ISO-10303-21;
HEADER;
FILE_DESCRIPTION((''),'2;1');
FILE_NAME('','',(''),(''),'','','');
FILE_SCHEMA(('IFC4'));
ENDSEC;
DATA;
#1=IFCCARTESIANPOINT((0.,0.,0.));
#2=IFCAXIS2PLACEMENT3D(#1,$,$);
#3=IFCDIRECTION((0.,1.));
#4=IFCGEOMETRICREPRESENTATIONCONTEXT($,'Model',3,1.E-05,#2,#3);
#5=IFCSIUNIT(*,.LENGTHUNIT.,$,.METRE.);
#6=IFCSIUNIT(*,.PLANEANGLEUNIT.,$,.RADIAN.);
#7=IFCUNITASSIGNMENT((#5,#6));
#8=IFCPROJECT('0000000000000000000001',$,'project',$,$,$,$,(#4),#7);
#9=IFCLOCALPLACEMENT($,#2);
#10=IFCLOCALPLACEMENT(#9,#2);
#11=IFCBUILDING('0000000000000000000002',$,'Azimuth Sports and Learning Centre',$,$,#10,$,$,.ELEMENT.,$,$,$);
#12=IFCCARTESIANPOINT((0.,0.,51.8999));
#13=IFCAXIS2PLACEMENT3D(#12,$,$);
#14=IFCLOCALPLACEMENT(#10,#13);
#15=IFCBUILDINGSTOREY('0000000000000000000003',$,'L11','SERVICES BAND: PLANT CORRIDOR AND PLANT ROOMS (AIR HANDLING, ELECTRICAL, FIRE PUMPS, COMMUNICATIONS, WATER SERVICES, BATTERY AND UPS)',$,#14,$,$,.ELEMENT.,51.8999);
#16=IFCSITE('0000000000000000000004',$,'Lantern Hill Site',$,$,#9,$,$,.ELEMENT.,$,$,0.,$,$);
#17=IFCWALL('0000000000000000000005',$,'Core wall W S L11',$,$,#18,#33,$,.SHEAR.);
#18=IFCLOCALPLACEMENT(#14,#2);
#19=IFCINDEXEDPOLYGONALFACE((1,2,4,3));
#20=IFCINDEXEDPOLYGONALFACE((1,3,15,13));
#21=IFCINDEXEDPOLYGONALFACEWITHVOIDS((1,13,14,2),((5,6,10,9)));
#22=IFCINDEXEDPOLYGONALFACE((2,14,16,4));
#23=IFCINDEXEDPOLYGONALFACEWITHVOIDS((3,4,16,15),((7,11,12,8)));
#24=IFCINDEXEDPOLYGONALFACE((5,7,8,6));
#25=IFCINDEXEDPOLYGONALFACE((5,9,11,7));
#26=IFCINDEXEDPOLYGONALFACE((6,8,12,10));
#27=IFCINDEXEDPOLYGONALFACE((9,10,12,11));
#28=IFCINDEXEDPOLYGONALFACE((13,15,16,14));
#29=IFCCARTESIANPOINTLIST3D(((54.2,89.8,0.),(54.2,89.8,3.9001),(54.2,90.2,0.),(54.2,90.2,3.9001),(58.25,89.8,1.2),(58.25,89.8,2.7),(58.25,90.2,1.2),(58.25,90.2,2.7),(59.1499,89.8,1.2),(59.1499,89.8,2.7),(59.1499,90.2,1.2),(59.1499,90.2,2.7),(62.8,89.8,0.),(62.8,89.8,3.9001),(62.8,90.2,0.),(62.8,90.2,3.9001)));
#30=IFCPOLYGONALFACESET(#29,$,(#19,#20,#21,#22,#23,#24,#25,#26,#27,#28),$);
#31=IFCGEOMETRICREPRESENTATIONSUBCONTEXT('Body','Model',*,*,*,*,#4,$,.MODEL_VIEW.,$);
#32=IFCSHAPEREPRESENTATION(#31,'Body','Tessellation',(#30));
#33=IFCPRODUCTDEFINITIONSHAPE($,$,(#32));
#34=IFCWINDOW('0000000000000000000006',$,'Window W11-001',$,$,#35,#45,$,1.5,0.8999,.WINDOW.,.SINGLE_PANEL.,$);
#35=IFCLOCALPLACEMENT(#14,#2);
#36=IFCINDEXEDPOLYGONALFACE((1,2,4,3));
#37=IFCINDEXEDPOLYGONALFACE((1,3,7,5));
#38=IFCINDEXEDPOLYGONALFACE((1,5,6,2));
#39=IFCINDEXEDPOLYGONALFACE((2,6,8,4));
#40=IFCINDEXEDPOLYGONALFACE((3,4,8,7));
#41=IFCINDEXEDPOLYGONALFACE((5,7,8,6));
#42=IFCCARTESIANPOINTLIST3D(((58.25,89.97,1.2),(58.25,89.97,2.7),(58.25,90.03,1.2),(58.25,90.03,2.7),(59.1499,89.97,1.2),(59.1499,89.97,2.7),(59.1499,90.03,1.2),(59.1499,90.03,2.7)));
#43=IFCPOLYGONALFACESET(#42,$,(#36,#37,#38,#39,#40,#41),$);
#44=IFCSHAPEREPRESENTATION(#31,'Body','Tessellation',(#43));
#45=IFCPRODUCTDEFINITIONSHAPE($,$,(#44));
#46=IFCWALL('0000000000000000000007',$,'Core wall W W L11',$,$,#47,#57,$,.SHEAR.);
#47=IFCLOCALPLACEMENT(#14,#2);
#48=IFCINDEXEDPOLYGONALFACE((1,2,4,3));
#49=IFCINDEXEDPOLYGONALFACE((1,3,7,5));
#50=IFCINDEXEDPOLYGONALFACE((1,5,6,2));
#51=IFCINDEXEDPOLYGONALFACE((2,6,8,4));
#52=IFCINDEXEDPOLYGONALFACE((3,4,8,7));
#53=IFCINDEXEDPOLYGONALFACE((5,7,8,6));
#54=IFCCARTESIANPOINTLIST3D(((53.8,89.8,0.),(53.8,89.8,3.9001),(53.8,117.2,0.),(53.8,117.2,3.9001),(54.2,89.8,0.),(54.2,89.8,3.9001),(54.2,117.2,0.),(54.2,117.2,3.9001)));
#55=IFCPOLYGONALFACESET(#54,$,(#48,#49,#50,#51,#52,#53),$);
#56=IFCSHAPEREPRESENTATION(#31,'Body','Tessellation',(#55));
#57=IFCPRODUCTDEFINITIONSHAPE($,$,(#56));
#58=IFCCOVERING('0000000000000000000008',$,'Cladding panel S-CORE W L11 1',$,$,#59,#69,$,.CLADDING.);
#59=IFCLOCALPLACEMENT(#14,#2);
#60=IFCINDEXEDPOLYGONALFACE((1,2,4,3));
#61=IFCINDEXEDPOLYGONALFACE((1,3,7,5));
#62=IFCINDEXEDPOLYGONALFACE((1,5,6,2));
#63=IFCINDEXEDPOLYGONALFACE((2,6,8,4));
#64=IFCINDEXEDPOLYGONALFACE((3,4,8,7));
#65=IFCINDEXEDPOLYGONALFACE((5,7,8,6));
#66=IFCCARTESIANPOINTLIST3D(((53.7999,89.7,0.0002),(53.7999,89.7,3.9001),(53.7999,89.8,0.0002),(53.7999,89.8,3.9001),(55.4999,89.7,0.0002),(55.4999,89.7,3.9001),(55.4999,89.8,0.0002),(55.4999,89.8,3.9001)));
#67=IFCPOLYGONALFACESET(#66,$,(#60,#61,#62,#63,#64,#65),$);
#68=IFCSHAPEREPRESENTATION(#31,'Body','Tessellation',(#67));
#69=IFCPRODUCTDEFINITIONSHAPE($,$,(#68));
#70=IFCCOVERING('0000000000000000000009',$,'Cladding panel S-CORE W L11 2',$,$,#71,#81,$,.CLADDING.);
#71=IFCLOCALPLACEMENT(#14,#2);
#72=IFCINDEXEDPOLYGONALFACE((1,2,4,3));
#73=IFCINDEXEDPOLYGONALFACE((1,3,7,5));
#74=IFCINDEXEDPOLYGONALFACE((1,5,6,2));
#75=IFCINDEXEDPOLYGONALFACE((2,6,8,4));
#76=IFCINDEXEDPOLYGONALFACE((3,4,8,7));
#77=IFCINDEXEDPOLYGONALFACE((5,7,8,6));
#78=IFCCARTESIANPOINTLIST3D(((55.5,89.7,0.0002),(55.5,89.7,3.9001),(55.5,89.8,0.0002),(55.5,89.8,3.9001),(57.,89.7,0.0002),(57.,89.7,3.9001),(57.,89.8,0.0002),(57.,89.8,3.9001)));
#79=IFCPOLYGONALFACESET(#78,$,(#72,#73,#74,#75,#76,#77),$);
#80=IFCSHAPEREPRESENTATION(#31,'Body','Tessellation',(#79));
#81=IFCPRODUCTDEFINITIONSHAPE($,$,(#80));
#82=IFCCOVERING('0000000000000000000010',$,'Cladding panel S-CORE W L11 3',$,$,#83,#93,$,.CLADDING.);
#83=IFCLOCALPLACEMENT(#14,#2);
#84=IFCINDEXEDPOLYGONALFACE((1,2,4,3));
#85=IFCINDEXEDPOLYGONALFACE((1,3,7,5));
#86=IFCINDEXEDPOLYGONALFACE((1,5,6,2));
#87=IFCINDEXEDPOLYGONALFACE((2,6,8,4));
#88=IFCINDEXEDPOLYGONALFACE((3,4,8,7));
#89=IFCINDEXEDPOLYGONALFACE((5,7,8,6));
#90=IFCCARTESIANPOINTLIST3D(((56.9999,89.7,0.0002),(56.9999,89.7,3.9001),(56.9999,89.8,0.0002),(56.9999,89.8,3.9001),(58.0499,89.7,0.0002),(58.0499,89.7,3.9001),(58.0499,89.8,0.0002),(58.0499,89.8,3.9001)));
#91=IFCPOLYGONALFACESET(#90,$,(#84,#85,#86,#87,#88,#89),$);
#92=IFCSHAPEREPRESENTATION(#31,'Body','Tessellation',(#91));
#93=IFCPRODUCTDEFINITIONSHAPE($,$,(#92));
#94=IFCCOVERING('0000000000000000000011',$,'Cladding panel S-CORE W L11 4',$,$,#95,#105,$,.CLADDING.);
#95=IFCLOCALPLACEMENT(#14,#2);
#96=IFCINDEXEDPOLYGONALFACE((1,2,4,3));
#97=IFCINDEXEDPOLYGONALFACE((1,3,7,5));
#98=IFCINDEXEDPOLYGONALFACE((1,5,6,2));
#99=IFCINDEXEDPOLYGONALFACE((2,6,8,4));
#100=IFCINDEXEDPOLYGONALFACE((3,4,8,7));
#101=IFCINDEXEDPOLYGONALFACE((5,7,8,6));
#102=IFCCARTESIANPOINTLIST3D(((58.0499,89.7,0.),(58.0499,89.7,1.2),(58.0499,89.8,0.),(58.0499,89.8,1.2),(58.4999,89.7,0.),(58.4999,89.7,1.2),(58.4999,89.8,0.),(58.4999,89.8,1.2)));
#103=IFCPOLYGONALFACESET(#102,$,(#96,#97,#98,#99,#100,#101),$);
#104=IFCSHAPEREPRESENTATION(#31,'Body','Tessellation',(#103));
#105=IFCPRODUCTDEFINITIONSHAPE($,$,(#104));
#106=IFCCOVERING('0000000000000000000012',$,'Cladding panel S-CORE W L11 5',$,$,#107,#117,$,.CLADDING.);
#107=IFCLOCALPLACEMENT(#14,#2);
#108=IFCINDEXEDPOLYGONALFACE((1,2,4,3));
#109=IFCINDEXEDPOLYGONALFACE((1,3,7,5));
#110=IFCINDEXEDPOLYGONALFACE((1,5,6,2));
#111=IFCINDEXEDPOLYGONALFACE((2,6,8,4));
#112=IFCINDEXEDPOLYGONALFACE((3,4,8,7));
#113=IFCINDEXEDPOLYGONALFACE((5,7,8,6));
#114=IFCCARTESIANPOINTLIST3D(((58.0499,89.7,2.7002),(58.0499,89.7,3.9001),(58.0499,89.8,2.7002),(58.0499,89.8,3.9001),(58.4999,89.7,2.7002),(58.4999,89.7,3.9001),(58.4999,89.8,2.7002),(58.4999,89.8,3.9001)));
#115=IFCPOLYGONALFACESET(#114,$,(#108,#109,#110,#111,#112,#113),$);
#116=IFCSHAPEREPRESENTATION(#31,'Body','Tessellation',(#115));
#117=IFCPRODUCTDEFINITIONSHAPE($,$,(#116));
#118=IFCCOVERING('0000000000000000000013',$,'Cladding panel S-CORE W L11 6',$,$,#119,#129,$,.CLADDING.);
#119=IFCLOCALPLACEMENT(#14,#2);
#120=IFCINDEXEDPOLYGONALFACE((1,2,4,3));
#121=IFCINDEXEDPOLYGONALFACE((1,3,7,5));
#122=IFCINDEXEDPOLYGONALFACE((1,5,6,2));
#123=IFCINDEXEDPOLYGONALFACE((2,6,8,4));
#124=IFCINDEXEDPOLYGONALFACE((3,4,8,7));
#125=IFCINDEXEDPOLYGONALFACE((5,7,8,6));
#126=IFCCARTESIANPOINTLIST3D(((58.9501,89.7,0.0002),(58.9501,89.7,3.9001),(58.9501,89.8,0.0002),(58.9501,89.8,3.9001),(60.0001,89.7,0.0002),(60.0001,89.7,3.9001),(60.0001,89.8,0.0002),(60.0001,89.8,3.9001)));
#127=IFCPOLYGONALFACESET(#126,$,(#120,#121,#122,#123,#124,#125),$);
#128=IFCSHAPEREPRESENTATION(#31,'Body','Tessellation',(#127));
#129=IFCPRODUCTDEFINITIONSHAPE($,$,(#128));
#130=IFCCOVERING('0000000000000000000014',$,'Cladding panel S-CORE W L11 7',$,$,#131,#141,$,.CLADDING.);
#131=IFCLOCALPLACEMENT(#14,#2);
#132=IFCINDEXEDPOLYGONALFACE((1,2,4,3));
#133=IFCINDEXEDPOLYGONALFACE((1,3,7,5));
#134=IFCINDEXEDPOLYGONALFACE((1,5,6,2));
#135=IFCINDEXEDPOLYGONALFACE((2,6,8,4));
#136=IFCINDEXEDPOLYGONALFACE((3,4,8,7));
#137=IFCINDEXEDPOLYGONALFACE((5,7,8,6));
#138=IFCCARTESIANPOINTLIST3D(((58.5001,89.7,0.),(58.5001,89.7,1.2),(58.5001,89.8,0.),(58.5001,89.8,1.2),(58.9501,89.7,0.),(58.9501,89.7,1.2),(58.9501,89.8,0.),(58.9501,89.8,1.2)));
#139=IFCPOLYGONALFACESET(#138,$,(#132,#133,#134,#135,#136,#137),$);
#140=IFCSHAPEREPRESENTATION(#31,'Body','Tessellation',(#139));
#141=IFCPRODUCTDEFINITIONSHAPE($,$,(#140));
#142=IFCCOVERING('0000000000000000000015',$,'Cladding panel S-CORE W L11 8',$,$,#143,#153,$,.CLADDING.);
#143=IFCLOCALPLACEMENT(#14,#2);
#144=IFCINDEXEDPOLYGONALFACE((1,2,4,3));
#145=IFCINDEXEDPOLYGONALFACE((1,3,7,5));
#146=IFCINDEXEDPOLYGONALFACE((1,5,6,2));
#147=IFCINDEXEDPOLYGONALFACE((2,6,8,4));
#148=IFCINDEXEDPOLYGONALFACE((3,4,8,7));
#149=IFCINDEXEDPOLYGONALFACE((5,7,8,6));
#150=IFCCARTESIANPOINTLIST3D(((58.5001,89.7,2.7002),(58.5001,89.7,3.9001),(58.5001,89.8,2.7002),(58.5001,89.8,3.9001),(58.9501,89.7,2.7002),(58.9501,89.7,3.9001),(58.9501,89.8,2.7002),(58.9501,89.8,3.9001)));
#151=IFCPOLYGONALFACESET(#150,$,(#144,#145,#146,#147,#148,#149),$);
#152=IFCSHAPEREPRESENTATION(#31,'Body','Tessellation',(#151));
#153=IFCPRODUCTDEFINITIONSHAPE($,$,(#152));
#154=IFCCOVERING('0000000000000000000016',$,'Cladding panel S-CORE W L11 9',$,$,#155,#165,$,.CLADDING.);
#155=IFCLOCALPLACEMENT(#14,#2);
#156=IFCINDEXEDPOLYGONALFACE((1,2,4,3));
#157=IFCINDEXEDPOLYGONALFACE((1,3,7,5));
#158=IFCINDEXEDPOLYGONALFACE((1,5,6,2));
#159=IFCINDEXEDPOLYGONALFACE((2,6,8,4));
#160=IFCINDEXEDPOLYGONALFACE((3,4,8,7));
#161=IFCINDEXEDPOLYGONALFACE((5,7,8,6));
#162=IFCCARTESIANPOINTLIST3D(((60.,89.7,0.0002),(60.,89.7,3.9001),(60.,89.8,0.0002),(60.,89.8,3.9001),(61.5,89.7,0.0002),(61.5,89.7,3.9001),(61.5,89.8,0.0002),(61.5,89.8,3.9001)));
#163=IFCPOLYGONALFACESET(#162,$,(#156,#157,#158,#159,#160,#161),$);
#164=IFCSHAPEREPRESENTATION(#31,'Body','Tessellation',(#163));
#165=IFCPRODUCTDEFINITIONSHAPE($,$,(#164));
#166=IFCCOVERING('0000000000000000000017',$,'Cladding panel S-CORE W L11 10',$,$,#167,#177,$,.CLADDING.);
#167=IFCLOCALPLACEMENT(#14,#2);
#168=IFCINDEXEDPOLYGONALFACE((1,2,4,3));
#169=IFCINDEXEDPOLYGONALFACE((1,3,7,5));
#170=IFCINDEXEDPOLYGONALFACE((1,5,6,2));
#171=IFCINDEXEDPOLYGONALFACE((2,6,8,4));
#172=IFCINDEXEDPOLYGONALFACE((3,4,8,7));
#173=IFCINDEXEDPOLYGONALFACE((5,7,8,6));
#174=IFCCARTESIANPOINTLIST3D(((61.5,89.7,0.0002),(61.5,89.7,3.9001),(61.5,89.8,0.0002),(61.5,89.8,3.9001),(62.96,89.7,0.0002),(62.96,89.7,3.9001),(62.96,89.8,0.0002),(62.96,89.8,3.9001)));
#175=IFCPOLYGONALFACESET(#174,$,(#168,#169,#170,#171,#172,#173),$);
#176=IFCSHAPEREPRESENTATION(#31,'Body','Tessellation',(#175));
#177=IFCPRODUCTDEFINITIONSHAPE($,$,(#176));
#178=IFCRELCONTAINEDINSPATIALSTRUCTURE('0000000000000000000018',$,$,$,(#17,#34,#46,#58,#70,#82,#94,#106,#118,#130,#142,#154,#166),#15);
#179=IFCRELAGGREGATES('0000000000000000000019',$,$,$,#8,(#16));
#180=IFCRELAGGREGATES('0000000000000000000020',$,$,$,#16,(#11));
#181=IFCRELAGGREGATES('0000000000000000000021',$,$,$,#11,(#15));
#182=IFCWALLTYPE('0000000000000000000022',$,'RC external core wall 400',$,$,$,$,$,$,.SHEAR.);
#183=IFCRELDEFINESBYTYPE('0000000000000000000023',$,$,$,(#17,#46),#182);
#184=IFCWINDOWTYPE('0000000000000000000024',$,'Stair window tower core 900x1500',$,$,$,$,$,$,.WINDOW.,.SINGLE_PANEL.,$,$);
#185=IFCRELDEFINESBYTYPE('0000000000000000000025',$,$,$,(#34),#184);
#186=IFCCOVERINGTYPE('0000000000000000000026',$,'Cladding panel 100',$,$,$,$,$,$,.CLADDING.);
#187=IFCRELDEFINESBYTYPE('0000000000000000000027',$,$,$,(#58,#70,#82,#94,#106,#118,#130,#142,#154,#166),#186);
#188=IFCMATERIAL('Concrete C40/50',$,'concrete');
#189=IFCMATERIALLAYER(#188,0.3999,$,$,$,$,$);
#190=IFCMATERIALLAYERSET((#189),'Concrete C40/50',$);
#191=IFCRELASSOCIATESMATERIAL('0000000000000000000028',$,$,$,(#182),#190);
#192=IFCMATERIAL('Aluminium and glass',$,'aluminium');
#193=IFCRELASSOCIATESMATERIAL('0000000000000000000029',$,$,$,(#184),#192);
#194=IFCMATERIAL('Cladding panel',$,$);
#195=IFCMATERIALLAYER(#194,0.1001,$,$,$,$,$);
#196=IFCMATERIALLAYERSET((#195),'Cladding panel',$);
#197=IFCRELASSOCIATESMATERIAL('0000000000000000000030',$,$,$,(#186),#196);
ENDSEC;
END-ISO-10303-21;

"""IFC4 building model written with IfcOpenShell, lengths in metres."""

from ifc_helpers import new_model, si_unit, direction, frame, frame_2d, origin, origin_2d, place, context, subcontext, project, spatial, rectangle, extrude, material, layer, layer_set, type_object, element, fill, save


model = new_model("IFC4")

# Units and contexts
model_context = context("Model", 3, precision=1e-05, world=origin(), true_north=direction((0.0, 1.0)))
body_context = subcontext(model_context, "Body", "Model", "MODEL_VIEW")
ifc_project = project(units=[si_unit("LENGTHUNIT", "METRE"), si_unit("PLANEANGLEUNIT", "RADIAN")], contexts=[model_context])

# Site, building, storey
site_placement = place(None, origin())
site = spatial("IfcSite", under=ifc_project, at=site_placement, Name="Lantern Hill Site", CompositionType="ELEMENT", RefElevation=0.0)
building_placement = place(site_placement, origin())
building = spatial("IfcBuilding", under=site, at=building_placement, Name="Azimuth Sports and Learning Centre", CompositionType="ELEMENT")
storey_placement = place(building_placement, frame((0.0, 0.0, 51.8999)))
storey = spatial("IfcBuildingStorey", under=building, at=storey_placement, Name="L11", Description="SERVICES BAND: PLANT CORRIDOR AND PLANT ROOMS (AIR HANDLING, ELECTRICAL, FIRE PUMPS, COMMUNICATIONS, WATER SERVICES, BATTERY AND UPS)", CompositionType="ELEMENT", Elevation=51.8999)

# Wall, opening, window
ifc_material_1 = material(Name="Concrete C40/50", Category="concrete")
ifc_layer_1 = layer(ifc_material_1, 0.3999)
ifc_layer_set_1 = layer_set([ifc_layer_1], Name="Concrete C40/50")
wall_type_1 = type_object("IfcWallType", Name="RC external core wall 400", PredefinedType="SHEAR", material=ifc_layer_set_1)
wall_1_placement = place(storey_placement, frame((54.2, 90.0, 0.0), z_axis=(0.0, 0.0, 1.0), x_axis=(1.0, 0.0, 0.0)))
wall_1 = element("IfcWall", 1, at=wall_1_placement, inside=storey, type_object=wall_type_1, Name="Core wall W S L11", PredefinedType="SHEAR", context=body_context, shape_type="SweptSolid", body=[
    extrude(rectangle(XDim=8.6001, YDim=0.3999, at=frame_2d((4.3, 0.0))), origin(), (0.0, 0.0, 1.0), 3.9001),
])
opening_1_placement = place(wall_1_placement, frame((4.05, 0.0, 1.2)))
opening_1 = element("IfcOpeningElement", 2, at=opening_1_placement, cuts=wall_1, PredefinedType="OPENING", context=body_context, shape_type="SweptSolid", body=[
    extrude(rectangle(XDim=0.8999, YDim=1.5, at=frame_2d((0.45, 0.75))), frame((0.0, 0.2109, 0.0), z_axis=(0.0, -1.0, 0.0), x_axis=(1.0, 0.0, 0.0)), (0.0, 0.0, 1.0), 0.4219),
])
ifc_material_2 = material(Name="Aluminium and glass", Category="aluminium")
window_type = type_object("IfcWindowType", Name="Stair window tower core 900x1500", PartitioningType="SINGLE_PANEL", PredefinedType="WINDOW", material=ifc_material_2)
window_placement = place(opening_1_placement, origin())
window = element("IfcWindow", 3, at=window_placement, inside=storey, type_object=window_type, Name="Window W11-001", OverallHeight=1.5, OverallWidth=0.8999, PartitioningType="SINGLE_PANEL", PredefinedType="WINDOW", context=body_context, shape_type="SweptSolid", body=[
    extrude(rectangle(XDim=0.8999, YDim=1.5, at=frame_2d((0.45, 0.75))), frame((0.0, 0.03, 0.0), z_axis=(0.0, -1.0, 0.0), x_axis=(1.0, 0.0, 0.0)), (0.0, 0.0, 1.0), 0.0601),
])
fill(opening_1, window)

# Wall
wall_2_placement = place(storey_placement, frame((54.0, 89.8, 0.0), z_axis=(0.0, 0.0, 1.0), x_axis=(0.0, 1.0, 0.0)))
element("IfcWall", 4, at=wall_2_placement, inside=storey, type_object=wall_type_1, Name="Core wall W W L11", PredefinedType="SHEAR", context=body_context, shape_type="SweptSolid", body=[
    extrude(rectangle(XDim=27.3999, YDim=0.3999, at=frame_2d((13.7, 0.0))), origin(), (0.0, 0.0, 1.0), 3.9001),
])

# Coverings
ifc_material_3 = material(Name="Cladding panel")
ifc_layer_2 = layer(ifc_material_3, 0.1001)
ifc_layer_set_2 = layer_set([ifc_layer_2], Name="Cladding panel")
covering_type = type_object("IfcCoveringType", Name="Cladding panel 100", PredefinedType="CLADDING", material=ifc_layer_set_2)
covering_1_placement = place(storey_placement, frame((54.6499, 89.75, 0.0002), z_axis=(0.0, 0.0, 1.0), x_axis=(1.0, 0.0, 0.0)))
element("IfcCovering", 5, at=covering_1_placement, inside=storey, type_object=covering_type, Name="Cladding panel S-CORE W L11 1", PredefinedType="CLADDING", context=body_context, shape_type="SweptSolid", body=[
    extrude(rectangle(XDim=1.7, YDim=0.1001, at=origin_2d()), origin(), (0.0, 0.0, 1.0), 3.8999),
])
covering_2_placement = place(storey_placement, frame((56.25, 89.75, 0.0002), z_axis=(0.0, 0.0, 1.0), x_axis=(1.0, 0.0, 0.0)))
element("IfcCovering", 6, at=covering_2_placement, inside=storey, type_object=covering_type, Name="Cladding panel S-CORE W L11 2", PredefinedType="CLADDING", context=body_context, shape_type="SweptSolid", body=[
    extrude(rectangle(XDim=1.5, YDim=0.1001, at=origin_2d()), origin(), (0.0, 0.0, 1.0), 3.8999),
])
covering_3_placement = place(storey_placement, frame((57.5249, 89.75, 0.0002), z_axis=(0.0, 0.0, 1.0), x_axis=(1.0, 0.0, 0.0)))
element("IfcCovering", 7, at=covering_3_placement, inside=storey, type_object=covering_type, Name="Cladding panel S-CORE W L11 3", PredefinedType="CLADDING", context=body_context, shape_type="SweptSolid", body=[
    extrude(rectangle(XDim=1.05, YDim=0.1001, at=origin_2d()), origin(), (0.0, 0.0, 1.0), 3.8999),
])
for number, where, z_axis, x_axis, name in (
    (8, (58.2749, 89.75, 0.0), (0.0, 0.0, 1.0), (1.0, 0.0, 0.0), "Cladding panel S-CORE W L11 4"),
    (9, (58.2749, 89.75, 2.7002), (0.0, 0.0, 1.0), (1.0, 0.0, 0.0), "Cladding panel S-CORE W L11 5"),
):
    element("IfcCovering", number, at=place(storey_placement, frame(where, z_axis=z_axis, x_axis=x_axis)), inside=storey, type_object=covering_type, Name=name, PredefinedType="CLADDING", context=body_context, shape_type="SweptSolid", body=[
        extrude(rectangle(XDim=0.45, YDim=0.1001, at=origin_2d()), origin(), (0.0, 0.0, 1.0), 1.2),
    ])
covering_4_placement = place(storey_placement, frame((59.4751, 89.75, 0.0002), z_axis=(0.0, 0.0, 1.0), x_axis=(1.0, 0.0, 0.0)))
element("IfcCovering", 10, at=covering_4_placement, inside=storey, type_object=covering_type, Name="Cladding panel S-CORE W L11 6", PredefinedType="CLADDING", context=body_context, shape_type="SweptSolid", body=[
    extrude(rectangle(XDim=1.05, YDim=0.1001, at=origin_2d()), origin(), (0.0, 0.0, 1.0), 3.8999),
])
for number, where, z_axis, x_axis, name in (
    (11, (58.7251, 89.75, 0.0), (0.0, 0.0, 1.0), (1.0, 0.0, 0.0), "Cladding panel S-CORE W L11 7"),
    (12, (58.7251, 89.75, 2.7002), (0.0, 0.0, 1.0), (1.0, 0.0, 0.0), "Cladding panel S-CORE W L11 8"),
):
    element("IfcCovering", number, at=place(storey_placement, frame(where, z_axis=z_axis, x_axis=x_axis)), inside=storey, type_object=covering_type, Name=name, PredefinedType="CLADDING", context=body_context, shape_type="SweptSolid", body=[
        extrude(rectangle(XDim=0.45, YDim=0.1001, at=origin_2d()), origin(), (0.0, 0.0, 1.0), 1.2),
    ])
covering_5_placement = place(storey_placement, frame((60.75, 89.75, 0.0002), z_axis=(0.0, 0.0, 1.0), x_axis=(1.0, 0.0, 0.0)))
element("IfcCovering", 13, at=covering_5_placement, inside=storey, type_object=covering_type, Name="Cladding panel S-CORE W L11 9", PredefinedType="CLADDING", context=body_context, shape_type="SweptSolid", body=[
    extrude(rectangle(XDim=1.5, YDim=0.1001, at=origin_2d()), origin(), (0.0, 0.0, 1.0), 3.8999),
])
covering_6_placement = place(storey_placement, frame((62.23, 89.75, 0.0002), z_axis=(0.0, 0.0, 1.0), x_axis=(1.0, 0.0, 0.0)))
element("IfcCovering", 14, at=covering_6_placement, inside=storey, type_object=covering_type, Name="Cladding panel S-CORE W L11 10", PredefinedType="CLADDING", context=body_context, shape_type="SweptSolid", body=[
    extrude(rectangle(XDim=1.46, YDim=0.1001, at=origin_2d()), origin(), (0.0, 0.0, 1.0), 3.8999),
])

save(model, "model.ifc")
